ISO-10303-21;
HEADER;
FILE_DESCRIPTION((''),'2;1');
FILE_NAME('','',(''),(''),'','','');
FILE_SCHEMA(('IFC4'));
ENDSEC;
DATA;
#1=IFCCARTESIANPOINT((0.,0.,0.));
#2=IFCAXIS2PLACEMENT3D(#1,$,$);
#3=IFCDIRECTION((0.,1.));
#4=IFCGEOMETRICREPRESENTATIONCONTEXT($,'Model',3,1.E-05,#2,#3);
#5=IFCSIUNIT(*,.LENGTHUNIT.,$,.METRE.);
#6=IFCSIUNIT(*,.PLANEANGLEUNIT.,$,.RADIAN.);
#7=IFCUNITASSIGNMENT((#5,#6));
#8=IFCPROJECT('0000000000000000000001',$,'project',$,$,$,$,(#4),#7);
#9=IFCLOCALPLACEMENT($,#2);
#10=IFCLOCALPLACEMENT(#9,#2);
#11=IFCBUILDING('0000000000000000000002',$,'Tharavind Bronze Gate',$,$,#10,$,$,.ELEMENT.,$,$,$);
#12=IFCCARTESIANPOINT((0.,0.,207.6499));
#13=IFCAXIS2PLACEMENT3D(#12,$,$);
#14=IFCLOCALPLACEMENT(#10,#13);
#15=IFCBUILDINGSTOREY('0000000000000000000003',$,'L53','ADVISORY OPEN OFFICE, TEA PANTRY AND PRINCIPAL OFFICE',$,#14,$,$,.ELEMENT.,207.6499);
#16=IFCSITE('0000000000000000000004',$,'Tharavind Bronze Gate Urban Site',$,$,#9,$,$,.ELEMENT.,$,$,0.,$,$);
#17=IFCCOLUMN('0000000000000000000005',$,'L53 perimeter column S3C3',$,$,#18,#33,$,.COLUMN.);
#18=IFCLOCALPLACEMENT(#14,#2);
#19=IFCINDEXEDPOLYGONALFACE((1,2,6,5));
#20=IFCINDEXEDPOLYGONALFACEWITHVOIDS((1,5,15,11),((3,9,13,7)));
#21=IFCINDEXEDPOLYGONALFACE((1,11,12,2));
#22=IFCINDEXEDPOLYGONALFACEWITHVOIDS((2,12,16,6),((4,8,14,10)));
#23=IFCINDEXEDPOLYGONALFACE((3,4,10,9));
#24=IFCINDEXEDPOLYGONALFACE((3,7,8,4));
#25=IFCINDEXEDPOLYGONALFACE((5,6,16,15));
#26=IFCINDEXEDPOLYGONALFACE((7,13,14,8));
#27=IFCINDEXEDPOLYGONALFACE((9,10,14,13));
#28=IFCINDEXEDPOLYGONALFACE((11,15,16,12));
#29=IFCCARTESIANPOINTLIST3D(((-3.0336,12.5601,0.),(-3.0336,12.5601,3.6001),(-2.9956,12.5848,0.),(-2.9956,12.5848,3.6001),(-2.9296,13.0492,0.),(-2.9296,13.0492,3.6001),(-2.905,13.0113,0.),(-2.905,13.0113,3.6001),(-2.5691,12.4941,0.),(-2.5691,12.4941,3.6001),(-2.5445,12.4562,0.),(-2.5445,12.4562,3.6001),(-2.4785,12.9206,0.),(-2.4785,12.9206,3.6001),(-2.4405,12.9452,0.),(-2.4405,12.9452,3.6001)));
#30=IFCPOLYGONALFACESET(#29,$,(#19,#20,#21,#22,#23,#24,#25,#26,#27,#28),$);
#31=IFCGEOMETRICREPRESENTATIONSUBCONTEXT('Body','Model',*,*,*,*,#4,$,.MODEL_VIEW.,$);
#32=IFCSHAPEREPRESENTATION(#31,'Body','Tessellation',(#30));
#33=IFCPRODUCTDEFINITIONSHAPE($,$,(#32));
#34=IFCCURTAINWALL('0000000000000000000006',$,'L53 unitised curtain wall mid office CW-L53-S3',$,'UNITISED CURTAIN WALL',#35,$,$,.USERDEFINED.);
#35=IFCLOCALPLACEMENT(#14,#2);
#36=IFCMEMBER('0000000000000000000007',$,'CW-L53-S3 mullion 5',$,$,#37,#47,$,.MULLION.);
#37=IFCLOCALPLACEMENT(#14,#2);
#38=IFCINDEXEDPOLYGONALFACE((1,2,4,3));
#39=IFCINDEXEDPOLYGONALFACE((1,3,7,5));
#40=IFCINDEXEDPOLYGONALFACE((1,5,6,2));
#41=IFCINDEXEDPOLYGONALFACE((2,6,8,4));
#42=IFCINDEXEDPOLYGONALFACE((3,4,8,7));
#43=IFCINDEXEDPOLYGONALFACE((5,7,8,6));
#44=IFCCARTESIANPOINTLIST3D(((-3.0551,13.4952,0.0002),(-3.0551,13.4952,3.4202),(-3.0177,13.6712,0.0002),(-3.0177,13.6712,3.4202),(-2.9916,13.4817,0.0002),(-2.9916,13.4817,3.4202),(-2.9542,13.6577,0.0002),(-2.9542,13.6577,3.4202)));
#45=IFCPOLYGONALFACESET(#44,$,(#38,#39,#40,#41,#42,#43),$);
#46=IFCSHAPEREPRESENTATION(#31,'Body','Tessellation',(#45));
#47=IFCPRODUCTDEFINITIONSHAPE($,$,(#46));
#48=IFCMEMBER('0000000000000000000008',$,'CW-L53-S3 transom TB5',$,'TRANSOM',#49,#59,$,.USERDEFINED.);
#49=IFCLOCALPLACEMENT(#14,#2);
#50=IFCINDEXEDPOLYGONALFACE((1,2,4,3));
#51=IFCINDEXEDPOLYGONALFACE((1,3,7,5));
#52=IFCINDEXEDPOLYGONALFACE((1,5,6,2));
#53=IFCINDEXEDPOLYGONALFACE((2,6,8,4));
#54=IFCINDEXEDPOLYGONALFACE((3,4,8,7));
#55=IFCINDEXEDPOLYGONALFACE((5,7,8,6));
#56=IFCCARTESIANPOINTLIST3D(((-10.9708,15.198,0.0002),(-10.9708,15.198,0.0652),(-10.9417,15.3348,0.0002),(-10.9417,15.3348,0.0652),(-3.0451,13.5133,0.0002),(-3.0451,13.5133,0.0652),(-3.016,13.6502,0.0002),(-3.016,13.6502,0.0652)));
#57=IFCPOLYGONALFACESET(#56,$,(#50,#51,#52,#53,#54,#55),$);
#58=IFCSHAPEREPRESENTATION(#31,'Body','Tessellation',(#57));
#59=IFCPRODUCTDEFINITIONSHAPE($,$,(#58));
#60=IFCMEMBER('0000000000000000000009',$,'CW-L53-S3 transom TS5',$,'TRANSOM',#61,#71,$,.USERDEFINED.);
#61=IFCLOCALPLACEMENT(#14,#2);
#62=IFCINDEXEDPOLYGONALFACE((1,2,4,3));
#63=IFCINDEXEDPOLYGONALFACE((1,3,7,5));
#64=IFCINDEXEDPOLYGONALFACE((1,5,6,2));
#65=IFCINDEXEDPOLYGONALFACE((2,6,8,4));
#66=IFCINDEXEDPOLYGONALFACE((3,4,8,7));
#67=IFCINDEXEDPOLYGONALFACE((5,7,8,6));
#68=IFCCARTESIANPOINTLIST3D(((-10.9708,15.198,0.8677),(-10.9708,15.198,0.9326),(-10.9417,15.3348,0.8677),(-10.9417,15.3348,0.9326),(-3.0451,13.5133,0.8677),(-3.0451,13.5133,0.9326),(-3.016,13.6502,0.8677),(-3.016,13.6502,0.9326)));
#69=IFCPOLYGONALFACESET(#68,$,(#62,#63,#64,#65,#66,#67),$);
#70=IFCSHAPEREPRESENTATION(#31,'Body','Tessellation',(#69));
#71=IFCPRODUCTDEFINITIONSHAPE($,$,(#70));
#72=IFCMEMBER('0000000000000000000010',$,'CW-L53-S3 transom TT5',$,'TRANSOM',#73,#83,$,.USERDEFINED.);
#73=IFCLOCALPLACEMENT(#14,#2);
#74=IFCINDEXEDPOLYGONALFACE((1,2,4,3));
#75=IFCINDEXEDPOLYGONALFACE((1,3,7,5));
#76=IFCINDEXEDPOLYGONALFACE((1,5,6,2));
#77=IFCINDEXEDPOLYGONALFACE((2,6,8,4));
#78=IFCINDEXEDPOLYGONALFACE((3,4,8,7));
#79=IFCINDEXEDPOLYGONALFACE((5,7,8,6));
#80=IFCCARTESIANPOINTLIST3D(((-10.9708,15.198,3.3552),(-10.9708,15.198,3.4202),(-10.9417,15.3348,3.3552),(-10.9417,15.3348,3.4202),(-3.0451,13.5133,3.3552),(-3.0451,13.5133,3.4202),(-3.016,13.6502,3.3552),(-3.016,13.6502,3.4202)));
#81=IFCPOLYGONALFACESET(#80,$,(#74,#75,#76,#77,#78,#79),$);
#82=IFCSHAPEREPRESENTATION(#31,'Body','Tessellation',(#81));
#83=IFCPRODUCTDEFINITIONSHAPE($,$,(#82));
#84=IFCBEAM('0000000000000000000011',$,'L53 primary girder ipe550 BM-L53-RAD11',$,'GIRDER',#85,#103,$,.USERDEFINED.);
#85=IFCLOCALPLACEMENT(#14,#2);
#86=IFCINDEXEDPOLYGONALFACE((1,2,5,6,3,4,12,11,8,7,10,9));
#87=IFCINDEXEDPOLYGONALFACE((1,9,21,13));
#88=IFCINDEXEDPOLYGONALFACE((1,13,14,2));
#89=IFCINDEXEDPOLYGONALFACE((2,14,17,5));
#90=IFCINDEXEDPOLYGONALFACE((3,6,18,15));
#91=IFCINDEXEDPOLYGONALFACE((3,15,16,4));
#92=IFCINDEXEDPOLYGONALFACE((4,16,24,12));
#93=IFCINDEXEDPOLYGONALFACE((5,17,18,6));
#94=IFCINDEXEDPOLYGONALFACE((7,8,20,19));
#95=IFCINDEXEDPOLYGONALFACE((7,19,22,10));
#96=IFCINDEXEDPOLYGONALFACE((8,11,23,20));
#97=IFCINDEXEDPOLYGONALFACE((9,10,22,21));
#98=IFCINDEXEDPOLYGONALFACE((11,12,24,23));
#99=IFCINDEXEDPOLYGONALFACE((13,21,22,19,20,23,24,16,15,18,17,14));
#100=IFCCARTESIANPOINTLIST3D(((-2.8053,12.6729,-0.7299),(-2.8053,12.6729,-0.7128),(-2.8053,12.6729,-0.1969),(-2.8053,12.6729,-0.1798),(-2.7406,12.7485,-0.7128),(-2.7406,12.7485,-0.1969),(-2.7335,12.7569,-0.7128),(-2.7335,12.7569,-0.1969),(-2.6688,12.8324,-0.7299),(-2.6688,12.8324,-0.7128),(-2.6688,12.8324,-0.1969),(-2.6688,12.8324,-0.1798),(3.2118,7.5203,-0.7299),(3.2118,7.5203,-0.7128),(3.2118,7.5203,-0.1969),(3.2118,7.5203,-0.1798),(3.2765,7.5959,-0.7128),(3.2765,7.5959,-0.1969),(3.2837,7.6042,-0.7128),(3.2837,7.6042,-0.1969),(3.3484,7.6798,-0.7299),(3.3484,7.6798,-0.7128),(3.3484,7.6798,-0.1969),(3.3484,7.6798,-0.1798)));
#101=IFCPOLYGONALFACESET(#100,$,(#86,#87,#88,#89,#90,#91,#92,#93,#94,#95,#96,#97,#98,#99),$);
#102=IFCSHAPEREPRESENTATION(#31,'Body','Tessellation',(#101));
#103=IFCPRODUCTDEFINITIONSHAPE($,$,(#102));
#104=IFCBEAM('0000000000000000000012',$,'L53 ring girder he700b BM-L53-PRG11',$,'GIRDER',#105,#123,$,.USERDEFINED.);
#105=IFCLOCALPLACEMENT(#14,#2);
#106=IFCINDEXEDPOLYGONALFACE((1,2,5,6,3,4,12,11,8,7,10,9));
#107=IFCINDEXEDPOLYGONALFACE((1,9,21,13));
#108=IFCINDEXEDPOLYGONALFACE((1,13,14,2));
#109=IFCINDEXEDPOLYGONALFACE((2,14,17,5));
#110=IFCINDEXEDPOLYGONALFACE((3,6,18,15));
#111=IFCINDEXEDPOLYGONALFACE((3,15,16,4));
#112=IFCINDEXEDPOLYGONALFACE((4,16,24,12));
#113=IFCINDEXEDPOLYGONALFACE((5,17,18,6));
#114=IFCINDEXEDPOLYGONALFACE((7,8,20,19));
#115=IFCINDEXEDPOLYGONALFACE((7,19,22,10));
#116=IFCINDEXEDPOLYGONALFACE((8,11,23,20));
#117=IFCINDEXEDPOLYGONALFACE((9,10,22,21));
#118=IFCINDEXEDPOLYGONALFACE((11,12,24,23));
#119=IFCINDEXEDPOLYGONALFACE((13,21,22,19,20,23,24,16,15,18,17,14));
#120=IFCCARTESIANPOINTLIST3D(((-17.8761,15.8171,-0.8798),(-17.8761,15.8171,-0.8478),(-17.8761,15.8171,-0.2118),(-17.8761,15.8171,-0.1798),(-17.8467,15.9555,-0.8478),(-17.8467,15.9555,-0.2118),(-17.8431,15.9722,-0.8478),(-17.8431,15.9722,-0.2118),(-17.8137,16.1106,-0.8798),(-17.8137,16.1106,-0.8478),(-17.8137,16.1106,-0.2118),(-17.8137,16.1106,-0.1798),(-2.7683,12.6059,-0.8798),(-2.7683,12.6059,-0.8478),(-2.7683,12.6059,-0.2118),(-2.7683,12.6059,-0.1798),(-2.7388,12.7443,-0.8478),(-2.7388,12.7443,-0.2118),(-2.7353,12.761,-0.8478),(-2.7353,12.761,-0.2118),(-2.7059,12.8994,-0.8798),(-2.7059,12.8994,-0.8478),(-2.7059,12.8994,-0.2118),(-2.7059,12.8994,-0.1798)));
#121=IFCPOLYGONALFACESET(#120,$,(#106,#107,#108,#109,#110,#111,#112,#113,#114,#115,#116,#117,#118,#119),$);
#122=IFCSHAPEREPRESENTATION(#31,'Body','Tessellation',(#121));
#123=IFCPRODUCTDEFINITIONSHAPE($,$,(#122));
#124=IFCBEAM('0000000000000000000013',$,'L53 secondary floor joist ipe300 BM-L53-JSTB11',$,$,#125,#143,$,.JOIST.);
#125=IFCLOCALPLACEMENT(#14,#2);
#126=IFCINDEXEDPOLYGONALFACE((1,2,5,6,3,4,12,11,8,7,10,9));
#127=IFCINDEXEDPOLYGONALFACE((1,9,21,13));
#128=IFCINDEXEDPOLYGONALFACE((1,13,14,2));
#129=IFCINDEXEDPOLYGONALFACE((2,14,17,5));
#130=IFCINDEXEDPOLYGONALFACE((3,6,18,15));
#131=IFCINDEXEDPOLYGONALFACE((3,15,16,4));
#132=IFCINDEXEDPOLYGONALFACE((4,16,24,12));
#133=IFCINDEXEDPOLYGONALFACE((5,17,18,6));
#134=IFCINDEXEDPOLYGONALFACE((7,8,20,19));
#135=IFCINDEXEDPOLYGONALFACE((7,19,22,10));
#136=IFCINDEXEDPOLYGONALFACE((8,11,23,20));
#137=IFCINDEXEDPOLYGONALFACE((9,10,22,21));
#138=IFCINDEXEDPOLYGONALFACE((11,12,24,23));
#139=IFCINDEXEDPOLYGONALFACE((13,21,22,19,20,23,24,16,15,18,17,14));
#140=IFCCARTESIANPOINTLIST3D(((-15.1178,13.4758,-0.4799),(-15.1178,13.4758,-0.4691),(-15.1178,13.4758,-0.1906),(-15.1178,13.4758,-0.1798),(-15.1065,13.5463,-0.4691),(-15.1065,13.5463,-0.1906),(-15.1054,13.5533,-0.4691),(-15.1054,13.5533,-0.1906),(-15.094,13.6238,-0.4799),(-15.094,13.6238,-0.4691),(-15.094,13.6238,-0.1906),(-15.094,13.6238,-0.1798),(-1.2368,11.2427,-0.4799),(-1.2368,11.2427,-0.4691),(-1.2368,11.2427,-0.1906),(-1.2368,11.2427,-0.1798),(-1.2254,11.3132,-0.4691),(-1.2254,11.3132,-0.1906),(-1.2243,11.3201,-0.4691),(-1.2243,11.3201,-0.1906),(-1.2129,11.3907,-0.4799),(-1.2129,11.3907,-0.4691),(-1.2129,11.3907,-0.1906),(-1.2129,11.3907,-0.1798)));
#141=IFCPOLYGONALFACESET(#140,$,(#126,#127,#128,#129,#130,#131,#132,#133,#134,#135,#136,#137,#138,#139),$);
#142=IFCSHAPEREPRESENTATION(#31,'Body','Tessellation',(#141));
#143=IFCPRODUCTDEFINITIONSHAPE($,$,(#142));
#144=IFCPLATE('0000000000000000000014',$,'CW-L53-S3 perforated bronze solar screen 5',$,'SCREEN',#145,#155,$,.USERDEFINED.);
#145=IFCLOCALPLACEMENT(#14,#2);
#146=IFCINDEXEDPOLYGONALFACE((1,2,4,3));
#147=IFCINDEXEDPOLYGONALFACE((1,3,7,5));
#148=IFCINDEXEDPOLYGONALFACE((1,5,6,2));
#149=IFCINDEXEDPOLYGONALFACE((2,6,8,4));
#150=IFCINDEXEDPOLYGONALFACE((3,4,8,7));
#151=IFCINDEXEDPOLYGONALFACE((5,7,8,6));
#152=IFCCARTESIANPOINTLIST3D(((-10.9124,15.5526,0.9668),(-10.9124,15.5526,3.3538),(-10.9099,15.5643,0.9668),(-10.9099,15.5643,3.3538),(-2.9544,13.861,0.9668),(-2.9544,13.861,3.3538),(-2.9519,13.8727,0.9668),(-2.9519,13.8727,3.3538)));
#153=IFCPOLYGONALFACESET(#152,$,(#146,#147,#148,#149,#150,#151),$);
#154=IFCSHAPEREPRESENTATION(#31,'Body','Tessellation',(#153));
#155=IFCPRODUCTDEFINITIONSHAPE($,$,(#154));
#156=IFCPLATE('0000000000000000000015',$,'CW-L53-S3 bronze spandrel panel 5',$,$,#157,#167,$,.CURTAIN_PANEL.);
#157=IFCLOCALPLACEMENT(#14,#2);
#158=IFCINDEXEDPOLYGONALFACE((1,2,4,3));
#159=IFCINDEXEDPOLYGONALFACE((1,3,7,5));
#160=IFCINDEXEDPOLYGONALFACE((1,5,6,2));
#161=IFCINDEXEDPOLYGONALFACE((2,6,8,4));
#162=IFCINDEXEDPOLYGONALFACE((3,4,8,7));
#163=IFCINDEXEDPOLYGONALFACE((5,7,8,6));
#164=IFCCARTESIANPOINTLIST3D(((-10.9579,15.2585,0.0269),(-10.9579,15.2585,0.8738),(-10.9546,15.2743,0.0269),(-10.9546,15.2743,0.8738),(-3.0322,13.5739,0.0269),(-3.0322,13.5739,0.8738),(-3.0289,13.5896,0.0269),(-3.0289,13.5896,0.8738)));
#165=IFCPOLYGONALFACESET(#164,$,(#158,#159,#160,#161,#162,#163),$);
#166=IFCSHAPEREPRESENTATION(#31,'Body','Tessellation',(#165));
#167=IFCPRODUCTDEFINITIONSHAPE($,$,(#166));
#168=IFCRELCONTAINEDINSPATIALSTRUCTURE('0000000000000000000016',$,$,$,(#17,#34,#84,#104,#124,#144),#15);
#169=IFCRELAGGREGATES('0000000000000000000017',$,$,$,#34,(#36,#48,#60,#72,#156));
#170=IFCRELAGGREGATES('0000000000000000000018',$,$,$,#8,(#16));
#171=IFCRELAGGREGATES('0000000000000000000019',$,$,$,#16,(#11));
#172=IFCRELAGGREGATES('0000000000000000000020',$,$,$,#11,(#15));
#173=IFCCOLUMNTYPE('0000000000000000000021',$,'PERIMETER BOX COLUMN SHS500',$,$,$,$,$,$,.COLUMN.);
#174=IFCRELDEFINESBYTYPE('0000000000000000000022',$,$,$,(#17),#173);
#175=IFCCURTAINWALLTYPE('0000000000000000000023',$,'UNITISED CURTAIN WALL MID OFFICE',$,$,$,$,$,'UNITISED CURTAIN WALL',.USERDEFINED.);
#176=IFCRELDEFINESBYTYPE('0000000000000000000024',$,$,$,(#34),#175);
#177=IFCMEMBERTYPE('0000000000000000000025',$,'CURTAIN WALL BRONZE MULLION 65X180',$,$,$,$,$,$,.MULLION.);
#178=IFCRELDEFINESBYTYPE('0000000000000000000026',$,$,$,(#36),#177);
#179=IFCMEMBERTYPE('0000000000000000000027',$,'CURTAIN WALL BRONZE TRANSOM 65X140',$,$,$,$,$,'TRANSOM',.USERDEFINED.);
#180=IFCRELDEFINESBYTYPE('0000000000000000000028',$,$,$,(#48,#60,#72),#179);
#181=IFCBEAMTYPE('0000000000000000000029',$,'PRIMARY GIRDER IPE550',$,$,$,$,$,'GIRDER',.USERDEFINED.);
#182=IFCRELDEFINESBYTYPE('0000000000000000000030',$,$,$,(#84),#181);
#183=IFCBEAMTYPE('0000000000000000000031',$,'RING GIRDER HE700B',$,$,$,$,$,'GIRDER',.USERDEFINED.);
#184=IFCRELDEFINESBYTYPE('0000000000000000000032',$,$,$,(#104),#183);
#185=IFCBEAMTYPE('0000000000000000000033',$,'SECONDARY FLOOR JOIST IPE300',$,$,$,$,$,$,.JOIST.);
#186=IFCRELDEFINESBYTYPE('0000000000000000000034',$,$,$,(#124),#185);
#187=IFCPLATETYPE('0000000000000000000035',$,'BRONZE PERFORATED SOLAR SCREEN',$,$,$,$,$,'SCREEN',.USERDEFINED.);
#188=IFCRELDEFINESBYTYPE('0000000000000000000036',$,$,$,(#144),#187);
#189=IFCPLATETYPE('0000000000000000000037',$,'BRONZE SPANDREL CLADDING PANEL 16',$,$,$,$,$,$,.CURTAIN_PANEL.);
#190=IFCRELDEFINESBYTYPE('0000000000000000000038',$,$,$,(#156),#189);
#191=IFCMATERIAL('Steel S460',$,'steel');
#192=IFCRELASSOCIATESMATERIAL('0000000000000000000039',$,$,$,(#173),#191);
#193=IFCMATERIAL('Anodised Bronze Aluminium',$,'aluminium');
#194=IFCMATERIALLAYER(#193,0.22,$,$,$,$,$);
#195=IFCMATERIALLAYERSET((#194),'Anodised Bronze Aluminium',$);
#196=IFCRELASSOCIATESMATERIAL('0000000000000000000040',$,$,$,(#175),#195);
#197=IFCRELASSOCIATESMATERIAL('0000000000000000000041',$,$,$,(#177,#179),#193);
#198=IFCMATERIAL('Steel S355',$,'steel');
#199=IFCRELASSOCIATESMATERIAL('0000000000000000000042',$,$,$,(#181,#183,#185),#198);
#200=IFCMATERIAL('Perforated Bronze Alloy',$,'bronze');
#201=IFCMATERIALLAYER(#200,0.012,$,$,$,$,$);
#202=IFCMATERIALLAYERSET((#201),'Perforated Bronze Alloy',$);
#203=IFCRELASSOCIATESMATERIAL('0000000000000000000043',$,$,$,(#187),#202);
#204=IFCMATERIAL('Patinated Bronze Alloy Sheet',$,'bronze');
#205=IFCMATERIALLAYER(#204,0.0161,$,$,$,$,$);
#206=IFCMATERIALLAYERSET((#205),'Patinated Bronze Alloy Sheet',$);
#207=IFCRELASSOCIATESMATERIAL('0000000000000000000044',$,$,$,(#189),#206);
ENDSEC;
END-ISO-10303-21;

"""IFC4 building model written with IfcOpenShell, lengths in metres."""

from ifc_helpers import new_model, si_unit, direction, frame, origin, origin_2d, place, context, subcontext, project, spatial, rectangle, hollow_rectangle, i_section, extrude, material, layer, layer_set, material_profile, profile_set, type_object, element, aggregate, save


model = new_model("IFC4")

# Units and contexts
model_context = context("Model", 3, precision=1e-05, world=origin(), true_north=direction((0.0, 1.0)))
body_context = subcontext(model_context, "Body", "Model", "MODEL_VIEW")
ifc_project = project(units=[si_unit("LENGTHUNIT", "METRE"), si_unit("PLANEANGLEUNIT", "RADIAN")], contexts=[model_context])

# Site, building, storey
site_placement = place(None, origin())
site = spatial("IfcSite", under=ifc_project, at=site_placement, Name="Tharavind Bronze Gate Urban Site", CompositionType="ELEMENT", RefElevation=0.0)
building_placement = place(site_placement, origin())
building = spatial("IfcBuilding", under=site, at=building_placement, Name="Tharavind Bronze Gate", CompositionType="ELEMENT")
storey_placement = place(building_placement, frame((0.0, 0.0, 207.6499)))
storey = spatial("IfcBuildingStorey", under=building, at=storey_placement, Name="L53", Description="ADVISORY OPEN OFFICE, TEA PANTRY AND PRINCIPAL OFFICE", CompositionType="ELEMENT", Elevation=207.6499)

# Column
ifc_material_1 = material(Name="Steel S460", Category="steel")
ifc_material_profile_1 = material_profile(ifc_material_1, hollow_rectangle(XDim=0.5, YDim=0.5, WallThickness=0.032, at=origin_2d()), Name="SHS500X32")
ifc_profile_set_1 = profile_set([ifc_material_profile_1], Name="Steel S460")
column_type = type_object("IfcColumnType", Name="PERIMETER BOX COLUMN SHS500", PredefinedType="COLUMN", material=ifc_profile_set_1)
column_placement = place(storey_placement, frame((-2.7371, 12.7527, 0.0), z_axis=(0.0, 0.0, 1.0), x_axis=(-0.978148, 0.207912, 0.0)))
element("IfcColumn", 1, at=column_placement, inside=storey, type_object=column_type, Name="L53 perimeter column S3C3", PredefinedType="COLUMN", context=body_context, shape_type="SweptSolid", body=[
    extrude(hollow_rectangle(XDim=0.5, YDim=0.5, WallThickness=0.032, at=origin_2d()), origin(), (0.0, 0.0, 1.0), 3.6001),
])

# Curtain wall, members
ifc_material_2 = material(Name="Anodised Bronze Aluminium", Category="aluminium")
ifc_layer_1 = layer(ifc_material_2, 0.22)
ifc_layer_set_1 = layer_set([ifc_layer_1], Name="Anodised Bronze Aluminium")
curtain_wall_type = type_object("IfcCurtainWallType", Name="UNITISED CURTAIN WALL MID OFFICE", ElementType="UNITISED CURTAIN WALL", PredefinedType="USERDEFINED", material=ifc_layer_set_1)
curtain_wall_placement = place(storey_placement, origin())
curtain_wall = element("IfcCurtainWall", 2, at=curtain_wall_placement, inside=storey, type_object=curtain_wall_type, Name="L53 unitised curtain wall mid office CW-L53-S3", ObjectType="UNITISED CURTAIN WALL", PredefinedType="USERDEFINED")
member_type_1 = type_object("IfcMemberType", Name="CURTAIN WALL BRONZE MULLION 65X180", PredefinedType="MULLION", material=ifc_material_2)
member_1_placement = place(storey_placement, frame((-3.0046, 13.5764, 0.0002), z_axis=(0.0, 0.0, 1.0), x_axis=(-0.978148, 0.207912, 0.0)))
member_1 = element("IfcMember", 3, at=member_1_placement, type_object=member_type_1, Name="CW-L53-S3 mullion 5", PredefinedType="MULLION", context=body_context, shape_type="SweptSolid", body=[
    extrude(rectangle(XDim=0.0649, YDim=0.1799, at=origin_2d()), origin(), (0.0, 0.0, 1.0), 3.4199),
])
member_type_2 = type_object("IfcMemberType", Name="CURTAIN WALL BRONZE TRANSOM 65X140", ElementType="TRANSOM", PredefinedType="USERDEFINED", material=ifc_material_2)
member_2_placement = place(storey_placement, frame((-6.9934, 14.4241, 0.0002), z_axis=(0.0, 0.0, 1.0), x_axis=(-0.978148, 0.207912, 0.0)))
member_2 = element("IfcMember", 4, at=member_2_placement, type_object=member_type_2, Name="CW-L53-S3 transom TB5", ObjectType="TRANSOM", PredefinedType="USERDEFINED", context=body_context, shape_type="SweptSolid", body=[
    extrude(rectangle(XDim=8.1028, YDim=0.1399, at=origin_2d()), origin(), (0.0, 0.0, 1.0), 0.0649),
])
member_3_placement = place(storey_placement, frame((-6.9934, 14.4241, 0.8677), z_axis=(0.0, 0.0, 1.0), x_axis=(-0.978148, 0.207912, 0.0)))
member_3 = element("IfcMember", 5, at=member_3_placement, type_object=member_type_2, Name="CW-L53-S3 transom TS5", ObjectType="TRANSOM", PredefinedType="USERDEFINED", context=body_context, shape_type="SweptSolid", body=[
    extrude(rectangle(XDim=8.1028, YDim=0.1399, at=origin_2d()), origin(), (0.0, 0.0, 1.0), 0.0649),
])
member_4_placement = place(storey_placement, frame((-6.9934, 14.4241, 3.3552), z_axis=(0.0, 0.0, 1.0), x_axis=(-0.978148, 0.207912, 0.0)))
member_4 = element("IfcMember", 6, at=member_4_placement, type_object=member_type_2, Name="CW-L53-S3 transom TT5", ObjectType="TRANSOM", PredefinedType="USERDEFINED", context=body_context, shape_type="SweptSolid", body=[
    extrude(rectangle(XDim=8.1028, YDim=0.1399, at=origin_2d()), origin(), (0.0, 0.0, 1.0), 0.0649),
])

# Beams
ifc_material_3 = material(Name="Steel S355", Category="steel")
ifc_material_profile_2 = material_profile(ifc_material_3, i_section(OverallWidth=0.21, OverallDepth=0.55, WebThickness=0.011, FlangeThickness=0.0171, at=origin_2d()), Name="IPE550")
ifc_profile_set_2 = profile_set([ifc_material_profile_2], Name="Steel S355")
beam_type_1 = type_object("IfcBeamType", Name="PRIMARY GIRDER IPE550", ElementType="GIRDER", PredefinedType="USERDEFINED", material=ifc_profile_set_2)
beam_1_placement = place(storey_placement, frame((-2.7371, 12.7527, -0.4548), z_axis=(0.759563, -0.650433, 0.0), x_axis=(0.650433, 0.759563, 0.0)))
element("IfcBeam", 7, at=beam_1_placement, inside=storey, type_object=beam_type_1, Name="L53 primary girder ipe550 BM-L53-RAD11", ObjectType="GIRDER", PredefinedType="USERDEFINED", context=body_context, shape_type="SweptSolid", body=[
    extrude(i_section(OverallWidth=0.21, OverallDepth=0.55, WebThickness=0.011, FlangeThickness=0.0171, at=origin_2d()), origin(), (0.0, 0.0, 1.0), 7.9219),
])
ifc_material_profile_3 = material_profile(ifc_material_3, i_section(OverallWidth=0.3, OverallDepth=0.7, WebThickness=0.0171, FlangeThickness=0.032, at=origin_2d()), Name="HE700B")
ifc_profile_set_3 = profile_set([ifc_material_profile_3], Name="Steel S355")
beam_type_2 = type_object("IfcBeamType", Name="RING GIRDER HE700B", ElementType="GIRDER", PredefinedType="USERDEFINED", material=ifc_profile_set_3)
beam_2_placement = place(storey_placement, frame((-2.7371, 12.7527, -0.5298), z_axis=(-0.978149, 0.207905, 0.0), x_axis=(-0.207905, -0.978149, 0.0)))
element("IfcBeam", 8, at=beam_2_placement, inside=storey, type_object=beam_type_2, Name="L53 ring girder he700b BM-L53-PRG11", ObjectType="GIRDER", PredefinedType="USERDEFINED", context=body_context, shape_type="SweptSolid", body=[
    extrude(i_section(OverallWidth=0.3, OverallDepth=0.7, WebThickness=0.0171, FlangeThickness=0.032, at=origin_2d()), origin(), (0.0, 0.0, 1.0), 15.4453),
])
ifc_material_profile_4 = material_profile(ifc_material_3, i_section(OverallWidth=0.1499, OverallDepth=0.3, WebThickness=0.0071, FlangeThickness=0.0107, at=origin_2d()), Name="IPE300")
ifc_profile_set_4 = profile_set([ifc_material_profile_4], Name="Steel S355")
beam_type_3 = type_object("IfcBeamType", Name="SECONDARY FLOOR JOIST IPE300", PredefinedType="JOIST", material=ifc_profile_set_4)
beam_3_placement = place(storey_placement, frame((-1.2249, 11.3167, -0.3298), z_axis=(-0.987305, 0.158835, 0.0), x_axis=(-0.158835, -0.987305, 0.0)))
element("IfcBeam", 9, at=beam_3_placement, inside=storey, type_object=beam_type_3, Name="L53 secondary floor joist ipe300 BM-L53-JSTB11", PredefinedType="JOIST", context=body_context, shape_type="SweptSolid", body=[
    extrude(i_section(OverallWidth=0.1499, OverallDepth=0.3, WebThickness=0.0071, FlangeThickness=0.0107, at=origin_2d()), origin(), (0.0, 0.0, 1.0), 14.0596),
])

# Plates
ifc_material_4 = material(Name="Perforated Bronze Alloy", Category="bronze")
ifc_layer_2 = layer(ifc_material_4, 0.012)
ifc_layer_set_2 = layer_set([ifc_layer_2], Name="Perforated Bronze Alloy")
plate_type_1 = type_object("IfcPlateType", Name="BRONZE PERFORATED SOLAR SCREEN", ElementType="SCREEN", PredefinedType="USERDEFINED", material=ifc_layer_set_2)
plate_1_placement = place(storey_placement, frame((-6.9321, 14.7126, 0.9668), z_axis=(0.0, 0.0, 1.0), x_axis=(-0.978148, 0.207912, 0.0)))
element("IfcPlate", 10, at=plate_1_placement, inside=storey, type_object=plate_type_1, Name="CW-L53-S3 perforated bronze solar screen 5", ObjectType="SCREEN", PredefinedType="USERDEFINED", context=body_context, shape_type="SweptSolid", body=[
    extrude(rectangle(XDim=8.1357, YDim=0.012, at=origin_2d()), origin(), (0.0, 0.0, 1.0), 2.387),
])
ifc_material_5 = material(Name="Patinated Bronze Alloy Sheet", Category="bronze")
ifc_layer_3 = layer(ifc_material_5, 0.0161)
ifc_layer_set_3 = layer_set([ifc_layer_3], Name="Patinated Bronze Alloy Sheet")
plate_type_2 = type_object("IfcPlateType", Name="BRONZE SPANDREL CLADDING PANEL 16", PredefinedType="CURTAIN_PANEL", material=ifc_layer_set_3)
plate_2_placement = place(storey_placement, frame((-6.9934, 14.4241, 0.0269), z_axis=(0.0, 0.0, 1.0), x_axis=(-0.978148, 0.207912, 0.0)))
plate_2 = element("IfcPlate", 11, at=plate_2_placement, type_object=plate_type_2, Name="CW-L53-S3 bronze spandrel panel 5", PredefinedType="CURTAIN_PANEL", context=body_context, shape_type="SweptSolid", body=[
    extrude(rectangle(XDim=8.1028, YDim=0.0161, at=origin_2d()), origin(), (0.0, 0.0, 1.0), 0.8469),
])
aggregate(curtain_wall, [member_1, member_2, member_3, member_4, plate_2])

save(model, "model.ifc")
